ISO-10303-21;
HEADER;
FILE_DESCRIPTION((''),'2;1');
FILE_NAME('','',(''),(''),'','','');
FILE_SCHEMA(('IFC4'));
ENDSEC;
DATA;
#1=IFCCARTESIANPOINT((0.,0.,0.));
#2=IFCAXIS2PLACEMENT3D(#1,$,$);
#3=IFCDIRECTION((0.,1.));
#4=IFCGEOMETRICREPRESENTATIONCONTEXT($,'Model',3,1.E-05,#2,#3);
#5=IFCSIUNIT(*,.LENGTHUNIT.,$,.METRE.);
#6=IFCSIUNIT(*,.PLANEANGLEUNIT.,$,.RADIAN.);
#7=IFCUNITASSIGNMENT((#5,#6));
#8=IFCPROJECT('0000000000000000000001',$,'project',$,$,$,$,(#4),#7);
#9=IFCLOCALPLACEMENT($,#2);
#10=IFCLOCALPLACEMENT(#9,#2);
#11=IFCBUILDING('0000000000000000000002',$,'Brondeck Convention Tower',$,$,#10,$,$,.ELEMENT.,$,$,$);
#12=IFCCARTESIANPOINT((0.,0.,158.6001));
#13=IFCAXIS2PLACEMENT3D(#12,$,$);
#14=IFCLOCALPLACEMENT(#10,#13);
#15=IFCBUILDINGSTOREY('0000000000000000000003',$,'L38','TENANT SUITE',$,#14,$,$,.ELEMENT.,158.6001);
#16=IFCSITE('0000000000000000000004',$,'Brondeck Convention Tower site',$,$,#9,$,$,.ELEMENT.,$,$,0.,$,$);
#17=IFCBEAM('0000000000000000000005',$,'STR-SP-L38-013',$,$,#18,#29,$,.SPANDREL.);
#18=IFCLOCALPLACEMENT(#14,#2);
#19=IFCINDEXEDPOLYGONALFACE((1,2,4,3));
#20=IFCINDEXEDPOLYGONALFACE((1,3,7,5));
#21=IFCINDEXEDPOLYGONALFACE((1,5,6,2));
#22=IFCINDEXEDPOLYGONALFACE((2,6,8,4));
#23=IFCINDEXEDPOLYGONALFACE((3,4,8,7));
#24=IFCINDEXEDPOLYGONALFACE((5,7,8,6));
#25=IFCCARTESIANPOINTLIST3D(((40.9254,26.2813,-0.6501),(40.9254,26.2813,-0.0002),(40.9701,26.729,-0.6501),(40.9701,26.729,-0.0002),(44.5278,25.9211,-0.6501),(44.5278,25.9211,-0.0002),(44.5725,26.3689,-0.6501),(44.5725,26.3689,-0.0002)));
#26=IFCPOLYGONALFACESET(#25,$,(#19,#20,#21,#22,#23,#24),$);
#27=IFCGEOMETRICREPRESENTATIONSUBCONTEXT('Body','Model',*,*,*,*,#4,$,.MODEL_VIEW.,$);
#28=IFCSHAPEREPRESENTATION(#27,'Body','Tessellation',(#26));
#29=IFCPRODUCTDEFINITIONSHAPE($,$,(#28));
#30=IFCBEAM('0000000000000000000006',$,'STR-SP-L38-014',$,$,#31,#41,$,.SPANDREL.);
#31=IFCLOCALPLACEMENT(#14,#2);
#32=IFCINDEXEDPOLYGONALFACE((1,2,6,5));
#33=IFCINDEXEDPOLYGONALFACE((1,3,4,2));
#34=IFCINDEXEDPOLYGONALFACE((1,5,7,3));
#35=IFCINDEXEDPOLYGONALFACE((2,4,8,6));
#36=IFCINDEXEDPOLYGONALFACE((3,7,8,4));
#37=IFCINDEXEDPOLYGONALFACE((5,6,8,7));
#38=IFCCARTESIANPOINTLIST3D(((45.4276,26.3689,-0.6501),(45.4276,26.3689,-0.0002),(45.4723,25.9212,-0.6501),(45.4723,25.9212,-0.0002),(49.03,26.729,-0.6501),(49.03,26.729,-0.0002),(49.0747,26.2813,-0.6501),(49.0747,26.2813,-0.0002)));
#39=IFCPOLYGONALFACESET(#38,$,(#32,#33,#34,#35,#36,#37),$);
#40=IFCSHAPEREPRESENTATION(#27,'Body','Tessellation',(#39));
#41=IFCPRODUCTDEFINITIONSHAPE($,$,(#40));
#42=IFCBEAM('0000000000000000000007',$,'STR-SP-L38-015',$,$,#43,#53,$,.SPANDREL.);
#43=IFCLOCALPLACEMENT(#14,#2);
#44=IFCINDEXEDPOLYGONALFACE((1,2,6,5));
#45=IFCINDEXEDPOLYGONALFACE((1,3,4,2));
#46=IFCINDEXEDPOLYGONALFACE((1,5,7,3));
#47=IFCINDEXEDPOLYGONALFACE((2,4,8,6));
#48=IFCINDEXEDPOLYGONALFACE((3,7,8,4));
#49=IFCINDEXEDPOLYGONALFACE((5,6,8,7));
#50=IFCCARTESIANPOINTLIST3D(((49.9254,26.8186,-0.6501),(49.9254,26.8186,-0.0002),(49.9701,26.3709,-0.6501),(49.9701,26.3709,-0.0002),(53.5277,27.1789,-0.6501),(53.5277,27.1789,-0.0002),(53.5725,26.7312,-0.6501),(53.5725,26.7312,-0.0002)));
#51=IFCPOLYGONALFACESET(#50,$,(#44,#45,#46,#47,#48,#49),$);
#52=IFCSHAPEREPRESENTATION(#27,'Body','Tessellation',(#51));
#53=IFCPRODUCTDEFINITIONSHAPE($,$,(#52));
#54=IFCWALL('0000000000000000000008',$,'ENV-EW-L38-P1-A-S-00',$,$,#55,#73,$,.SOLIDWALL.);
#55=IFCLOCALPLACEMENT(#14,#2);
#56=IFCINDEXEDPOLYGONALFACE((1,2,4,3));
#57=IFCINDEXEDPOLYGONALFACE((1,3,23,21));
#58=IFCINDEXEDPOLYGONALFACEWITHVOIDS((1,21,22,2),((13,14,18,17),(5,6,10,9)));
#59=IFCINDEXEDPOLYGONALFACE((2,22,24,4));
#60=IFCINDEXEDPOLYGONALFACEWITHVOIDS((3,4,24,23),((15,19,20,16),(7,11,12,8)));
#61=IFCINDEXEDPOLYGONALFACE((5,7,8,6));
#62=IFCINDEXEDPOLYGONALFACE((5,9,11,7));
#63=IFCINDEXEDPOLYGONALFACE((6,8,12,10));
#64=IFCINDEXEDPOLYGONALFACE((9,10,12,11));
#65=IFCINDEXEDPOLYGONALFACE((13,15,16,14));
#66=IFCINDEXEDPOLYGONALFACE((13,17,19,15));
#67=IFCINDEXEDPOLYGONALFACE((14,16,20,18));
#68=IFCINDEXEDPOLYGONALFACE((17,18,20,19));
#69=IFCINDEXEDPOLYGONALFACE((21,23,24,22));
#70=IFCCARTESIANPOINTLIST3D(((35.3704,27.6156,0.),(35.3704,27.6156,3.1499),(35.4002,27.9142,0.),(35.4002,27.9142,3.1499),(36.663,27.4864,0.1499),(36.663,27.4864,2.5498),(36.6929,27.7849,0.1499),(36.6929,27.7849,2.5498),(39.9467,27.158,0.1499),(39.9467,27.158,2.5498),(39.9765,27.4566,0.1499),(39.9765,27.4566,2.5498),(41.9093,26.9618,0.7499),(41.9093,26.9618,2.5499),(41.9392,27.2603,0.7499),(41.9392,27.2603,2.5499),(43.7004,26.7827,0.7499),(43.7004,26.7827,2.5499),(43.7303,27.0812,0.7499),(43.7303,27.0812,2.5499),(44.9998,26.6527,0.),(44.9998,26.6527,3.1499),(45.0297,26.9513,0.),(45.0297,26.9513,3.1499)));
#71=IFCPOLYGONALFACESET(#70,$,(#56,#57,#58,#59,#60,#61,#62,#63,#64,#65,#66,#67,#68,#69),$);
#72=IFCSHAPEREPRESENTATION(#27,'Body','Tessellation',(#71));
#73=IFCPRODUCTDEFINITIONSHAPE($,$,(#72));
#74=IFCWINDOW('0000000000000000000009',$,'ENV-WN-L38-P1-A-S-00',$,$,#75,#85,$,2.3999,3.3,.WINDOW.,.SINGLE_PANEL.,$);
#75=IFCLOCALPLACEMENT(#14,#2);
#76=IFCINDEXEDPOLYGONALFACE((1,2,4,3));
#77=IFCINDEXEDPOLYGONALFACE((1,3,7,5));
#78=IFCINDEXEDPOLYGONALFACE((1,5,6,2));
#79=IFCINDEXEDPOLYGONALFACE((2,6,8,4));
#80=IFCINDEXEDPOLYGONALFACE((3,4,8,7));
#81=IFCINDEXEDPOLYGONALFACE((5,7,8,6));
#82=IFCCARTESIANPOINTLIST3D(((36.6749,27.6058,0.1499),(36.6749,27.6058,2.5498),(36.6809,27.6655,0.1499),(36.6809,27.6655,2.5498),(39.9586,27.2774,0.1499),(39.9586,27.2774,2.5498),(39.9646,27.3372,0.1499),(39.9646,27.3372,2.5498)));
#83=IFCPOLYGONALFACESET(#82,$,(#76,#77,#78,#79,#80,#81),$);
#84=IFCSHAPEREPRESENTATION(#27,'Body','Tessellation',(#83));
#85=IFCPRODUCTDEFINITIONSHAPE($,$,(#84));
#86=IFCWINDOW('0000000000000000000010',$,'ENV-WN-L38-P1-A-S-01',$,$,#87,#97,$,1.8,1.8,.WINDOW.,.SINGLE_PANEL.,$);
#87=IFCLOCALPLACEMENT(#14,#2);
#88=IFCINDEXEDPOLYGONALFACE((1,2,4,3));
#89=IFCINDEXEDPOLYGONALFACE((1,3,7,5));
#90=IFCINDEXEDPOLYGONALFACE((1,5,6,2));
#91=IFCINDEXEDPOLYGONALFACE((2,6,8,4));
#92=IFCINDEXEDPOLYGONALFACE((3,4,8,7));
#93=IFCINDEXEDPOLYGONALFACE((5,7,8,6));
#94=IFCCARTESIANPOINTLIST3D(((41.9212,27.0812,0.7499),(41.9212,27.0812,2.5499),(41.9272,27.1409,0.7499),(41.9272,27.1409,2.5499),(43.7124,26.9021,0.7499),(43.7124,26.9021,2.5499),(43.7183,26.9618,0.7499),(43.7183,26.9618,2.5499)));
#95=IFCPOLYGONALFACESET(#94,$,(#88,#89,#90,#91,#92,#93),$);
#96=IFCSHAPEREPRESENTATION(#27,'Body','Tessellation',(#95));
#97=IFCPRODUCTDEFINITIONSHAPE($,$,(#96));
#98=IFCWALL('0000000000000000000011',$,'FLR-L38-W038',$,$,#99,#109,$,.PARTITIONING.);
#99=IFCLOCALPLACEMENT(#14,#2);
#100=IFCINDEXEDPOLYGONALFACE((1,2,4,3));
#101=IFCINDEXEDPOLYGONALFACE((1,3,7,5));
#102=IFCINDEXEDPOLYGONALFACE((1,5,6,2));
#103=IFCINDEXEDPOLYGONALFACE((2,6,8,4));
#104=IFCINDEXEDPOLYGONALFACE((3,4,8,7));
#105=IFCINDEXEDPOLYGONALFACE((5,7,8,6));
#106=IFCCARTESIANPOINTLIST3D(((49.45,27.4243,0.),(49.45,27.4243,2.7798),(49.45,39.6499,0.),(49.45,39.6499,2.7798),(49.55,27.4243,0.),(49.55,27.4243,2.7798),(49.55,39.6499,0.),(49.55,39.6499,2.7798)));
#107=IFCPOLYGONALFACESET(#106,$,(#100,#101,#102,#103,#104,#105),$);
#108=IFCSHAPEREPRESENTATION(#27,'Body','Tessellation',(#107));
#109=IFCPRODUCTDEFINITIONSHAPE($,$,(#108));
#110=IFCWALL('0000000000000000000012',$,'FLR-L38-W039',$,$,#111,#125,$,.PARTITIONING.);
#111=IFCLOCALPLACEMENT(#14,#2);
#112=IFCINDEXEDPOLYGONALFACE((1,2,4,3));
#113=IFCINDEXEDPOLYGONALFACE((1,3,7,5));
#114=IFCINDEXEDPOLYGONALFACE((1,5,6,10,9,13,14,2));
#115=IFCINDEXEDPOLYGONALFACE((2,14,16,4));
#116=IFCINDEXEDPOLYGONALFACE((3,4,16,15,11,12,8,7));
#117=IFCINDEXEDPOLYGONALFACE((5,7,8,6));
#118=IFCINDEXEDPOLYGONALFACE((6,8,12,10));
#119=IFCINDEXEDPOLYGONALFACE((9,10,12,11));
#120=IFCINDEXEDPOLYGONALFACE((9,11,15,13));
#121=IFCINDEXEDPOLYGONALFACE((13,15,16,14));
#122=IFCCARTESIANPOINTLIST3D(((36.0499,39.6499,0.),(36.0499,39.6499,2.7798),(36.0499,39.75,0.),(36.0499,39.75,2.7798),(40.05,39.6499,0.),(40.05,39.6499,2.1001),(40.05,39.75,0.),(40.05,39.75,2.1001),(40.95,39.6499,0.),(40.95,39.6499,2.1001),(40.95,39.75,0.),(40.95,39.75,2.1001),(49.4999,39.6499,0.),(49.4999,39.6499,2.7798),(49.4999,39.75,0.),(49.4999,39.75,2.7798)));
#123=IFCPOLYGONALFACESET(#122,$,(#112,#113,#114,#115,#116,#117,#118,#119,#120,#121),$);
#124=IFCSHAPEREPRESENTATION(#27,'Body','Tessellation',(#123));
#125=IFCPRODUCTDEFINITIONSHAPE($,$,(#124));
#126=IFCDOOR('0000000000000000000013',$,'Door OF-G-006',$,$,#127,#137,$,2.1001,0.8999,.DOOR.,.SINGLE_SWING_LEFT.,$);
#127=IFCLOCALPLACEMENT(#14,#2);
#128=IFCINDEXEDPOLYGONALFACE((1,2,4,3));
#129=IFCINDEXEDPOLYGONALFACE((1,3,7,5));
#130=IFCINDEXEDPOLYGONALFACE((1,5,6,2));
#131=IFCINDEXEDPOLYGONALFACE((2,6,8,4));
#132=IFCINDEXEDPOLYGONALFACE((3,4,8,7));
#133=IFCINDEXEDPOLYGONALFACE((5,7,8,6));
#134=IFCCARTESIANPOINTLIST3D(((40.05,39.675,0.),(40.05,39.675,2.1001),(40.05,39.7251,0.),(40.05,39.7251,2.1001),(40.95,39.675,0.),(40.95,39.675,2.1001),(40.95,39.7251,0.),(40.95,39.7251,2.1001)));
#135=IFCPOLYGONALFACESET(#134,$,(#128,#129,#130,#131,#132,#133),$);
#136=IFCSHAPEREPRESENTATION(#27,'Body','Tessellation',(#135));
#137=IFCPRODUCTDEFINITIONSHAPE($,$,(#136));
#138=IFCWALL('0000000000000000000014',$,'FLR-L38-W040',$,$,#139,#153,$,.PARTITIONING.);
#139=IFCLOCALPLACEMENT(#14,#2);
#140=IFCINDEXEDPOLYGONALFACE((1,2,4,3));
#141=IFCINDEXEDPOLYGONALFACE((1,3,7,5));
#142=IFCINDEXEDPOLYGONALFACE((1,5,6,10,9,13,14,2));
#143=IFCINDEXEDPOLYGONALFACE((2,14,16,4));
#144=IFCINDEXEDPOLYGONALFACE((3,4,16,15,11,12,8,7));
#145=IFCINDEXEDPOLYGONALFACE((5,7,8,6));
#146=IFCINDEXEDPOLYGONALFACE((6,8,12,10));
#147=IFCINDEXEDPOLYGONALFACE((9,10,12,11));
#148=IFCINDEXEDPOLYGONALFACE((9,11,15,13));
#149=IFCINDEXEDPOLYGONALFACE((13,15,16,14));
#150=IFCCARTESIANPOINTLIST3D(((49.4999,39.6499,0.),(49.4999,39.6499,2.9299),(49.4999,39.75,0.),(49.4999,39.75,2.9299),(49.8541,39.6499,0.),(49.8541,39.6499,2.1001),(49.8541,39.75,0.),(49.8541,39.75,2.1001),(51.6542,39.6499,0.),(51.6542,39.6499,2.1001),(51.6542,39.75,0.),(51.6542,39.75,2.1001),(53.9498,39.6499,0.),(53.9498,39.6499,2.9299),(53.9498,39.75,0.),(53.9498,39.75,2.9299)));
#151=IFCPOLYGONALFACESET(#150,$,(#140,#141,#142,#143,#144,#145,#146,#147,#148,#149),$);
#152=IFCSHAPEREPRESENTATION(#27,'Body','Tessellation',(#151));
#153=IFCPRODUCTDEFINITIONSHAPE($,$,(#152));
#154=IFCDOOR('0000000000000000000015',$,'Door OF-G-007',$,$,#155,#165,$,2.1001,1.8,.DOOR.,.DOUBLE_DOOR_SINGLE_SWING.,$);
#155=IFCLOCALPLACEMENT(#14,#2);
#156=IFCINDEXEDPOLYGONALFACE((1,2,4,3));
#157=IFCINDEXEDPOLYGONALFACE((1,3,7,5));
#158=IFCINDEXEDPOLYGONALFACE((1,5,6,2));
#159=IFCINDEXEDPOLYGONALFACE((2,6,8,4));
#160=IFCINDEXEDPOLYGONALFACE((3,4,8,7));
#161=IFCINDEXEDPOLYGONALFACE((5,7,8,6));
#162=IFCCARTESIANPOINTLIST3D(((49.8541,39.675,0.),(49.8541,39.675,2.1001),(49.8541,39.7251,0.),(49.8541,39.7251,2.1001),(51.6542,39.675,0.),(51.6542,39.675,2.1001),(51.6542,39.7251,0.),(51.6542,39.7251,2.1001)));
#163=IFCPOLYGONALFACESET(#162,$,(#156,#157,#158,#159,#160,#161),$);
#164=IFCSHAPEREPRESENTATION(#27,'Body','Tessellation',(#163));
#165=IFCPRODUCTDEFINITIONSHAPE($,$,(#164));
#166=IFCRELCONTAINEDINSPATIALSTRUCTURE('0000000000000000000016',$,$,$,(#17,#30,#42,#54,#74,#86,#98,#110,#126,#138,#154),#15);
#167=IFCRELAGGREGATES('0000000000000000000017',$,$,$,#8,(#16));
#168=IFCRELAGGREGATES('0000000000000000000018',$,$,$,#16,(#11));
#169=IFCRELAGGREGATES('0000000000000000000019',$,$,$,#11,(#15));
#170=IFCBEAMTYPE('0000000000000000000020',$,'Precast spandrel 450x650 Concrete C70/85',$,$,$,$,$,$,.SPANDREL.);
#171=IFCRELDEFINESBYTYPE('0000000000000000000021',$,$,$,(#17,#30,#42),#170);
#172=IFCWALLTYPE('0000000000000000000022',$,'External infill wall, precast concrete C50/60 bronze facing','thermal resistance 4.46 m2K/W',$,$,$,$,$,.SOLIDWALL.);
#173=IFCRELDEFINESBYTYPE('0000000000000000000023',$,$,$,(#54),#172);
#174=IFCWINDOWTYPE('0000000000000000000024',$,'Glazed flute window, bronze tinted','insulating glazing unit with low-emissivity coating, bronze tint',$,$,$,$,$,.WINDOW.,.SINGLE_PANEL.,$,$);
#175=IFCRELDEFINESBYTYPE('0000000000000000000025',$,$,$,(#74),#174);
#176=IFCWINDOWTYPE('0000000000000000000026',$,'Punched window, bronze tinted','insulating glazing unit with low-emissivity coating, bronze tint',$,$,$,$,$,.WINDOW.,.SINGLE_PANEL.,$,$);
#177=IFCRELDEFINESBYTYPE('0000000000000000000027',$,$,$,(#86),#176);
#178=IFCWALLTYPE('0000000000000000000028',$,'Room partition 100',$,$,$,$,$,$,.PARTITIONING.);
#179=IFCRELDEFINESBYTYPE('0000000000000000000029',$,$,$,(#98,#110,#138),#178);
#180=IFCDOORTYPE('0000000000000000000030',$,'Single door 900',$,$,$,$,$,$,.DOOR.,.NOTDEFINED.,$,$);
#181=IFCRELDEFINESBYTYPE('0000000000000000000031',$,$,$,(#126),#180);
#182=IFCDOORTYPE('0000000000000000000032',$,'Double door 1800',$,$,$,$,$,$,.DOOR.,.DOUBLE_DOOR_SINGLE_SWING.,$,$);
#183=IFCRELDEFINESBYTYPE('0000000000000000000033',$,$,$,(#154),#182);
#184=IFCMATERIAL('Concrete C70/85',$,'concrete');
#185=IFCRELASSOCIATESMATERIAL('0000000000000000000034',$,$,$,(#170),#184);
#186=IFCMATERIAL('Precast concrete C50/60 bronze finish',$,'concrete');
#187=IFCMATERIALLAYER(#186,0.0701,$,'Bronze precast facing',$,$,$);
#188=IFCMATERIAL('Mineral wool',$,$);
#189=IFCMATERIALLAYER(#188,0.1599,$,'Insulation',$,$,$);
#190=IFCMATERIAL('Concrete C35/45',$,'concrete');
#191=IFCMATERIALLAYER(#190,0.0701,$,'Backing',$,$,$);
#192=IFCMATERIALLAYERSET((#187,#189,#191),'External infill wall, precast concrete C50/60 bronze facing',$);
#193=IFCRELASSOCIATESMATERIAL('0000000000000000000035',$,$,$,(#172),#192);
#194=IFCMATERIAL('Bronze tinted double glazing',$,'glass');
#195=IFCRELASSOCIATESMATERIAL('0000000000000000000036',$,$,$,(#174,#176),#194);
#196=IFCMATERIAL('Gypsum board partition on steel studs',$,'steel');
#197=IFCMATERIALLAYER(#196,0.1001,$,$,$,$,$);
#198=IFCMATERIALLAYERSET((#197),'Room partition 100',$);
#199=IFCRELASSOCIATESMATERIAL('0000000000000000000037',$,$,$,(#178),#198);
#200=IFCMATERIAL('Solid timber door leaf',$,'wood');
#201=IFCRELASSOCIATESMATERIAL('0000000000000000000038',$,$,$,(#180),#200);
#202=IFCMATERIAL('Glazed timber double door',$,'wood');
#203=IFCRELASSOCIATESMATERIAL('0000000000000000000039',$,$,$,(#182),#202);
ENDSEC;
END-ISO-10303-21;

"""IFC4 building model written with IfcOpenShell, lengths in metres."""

from ifc_helpers import new_model, si_unit, direction, frame, frame_2d, origin, origin_2d, place, context, subcontext, project, spatial, rectangle, extrude, material, layer, layer_set, material_profile, profile_set, type_object, element, fill, save


model = new_model("IFC4")

# Units and contexts
model_context = context("Model", 3, precision=1e-05, world=origin(), true_north=direction((0.0, 1.0)))
body_context = subcontext(model_context, "Body", "Model", "MODEL_VIEW")
ifc_project = project(units=[si_unit("LENGTHUNIT", "METRE"), si_unit("PLANEANGLEUNIT", "RADIAN")], contexts=[model_context])

# Site, building, storey
site_placement = place(None, origin())
site = spatial("IfcSite", under=ifc_project, at=site_placement, Name="Brondeck Convention Tower site", CompositionType="ELEMENT", RefElevation=0.0)
building_placement = place(site_placement, origin())
building = spatial("IfcBuilding", under=site, at=building_placement, Name="Brondeck Convention Tower", CompositionType="ELEMENT")
storey_placement = place(building_placement, frame((0.0, 0.0, 158.6001)))
storey = spatial("IfcBuildingStorey", under=building, at=storey_placement, Name="L38", Description="TENANT SUITE", CompositionType="ELEMENT", Elevation=158.6001)

# Shared definitions
ifc_material_1 = material(Name="Concrete C70/85", Category="concrete")

# Beams
ifc_material_profile_1 = material_profile(ifc_material_1, rectangle(XDim=0.45, YDim=0.6499, at=origin_2d()), Name="Precast spandrel 450x650 Concrete C70/85")
ifc_profile_set_1 = profile_set([ifc_material_profile_1], Name="Concrete C70/85")
beam_type_1 = type_object("IfcBeamType", Name="Precast spandrel 450x650 Concrete C70/85", PredefinedType="SPANDREL", material=ifc_profile_set_1)
for number, where, z_axis, x_axis, name in (
    (1, (40.9478, 26.5051, -0.3252), (0.995041, -0.09947, 0.0), (0.09947, 0.995041, 0.0), "STR-SP-L38-013"),
    (2, (45.45, 26.145, -0.3252), (0.995041, 0.09947, 0.0), (-0.09947, 0.995041, 0.0), "STR-SP-L38-014"),
    (3, (49.9478, 26.5947, -0.3252), (0.995034, 0.099537, 0.0), (-0.099537, 0.995034, 0.0), "STR-SP-L38-015"),
):
    element("IfcBeam", number, at=place(storey_placement, frame(where, z_axis=z_axis, x_axis=x_axis)), inside=storey, type_object=beam_type_1, Name=name, PredefinedType="SPANDREL", context=body_context, shape_type="SweptSolid", body=[
        extrude(rectangle(XDim=0.45, YDim=0.6499, at=origin_2d()), origin(), (0.0, 0.0, 1.0), 3.6204),
    ])

# Wall, openings, windows
ifc_material_2 = material(Name="Precast concrete C50/60 bronze finish", Category="concrete")
ifc_layer_1 = layer(ifc_material_2, 0.0701, Name="Bronze precast facing")
ifc_material_3 = material(Name="Mineral wool")
ifc_layer_2 = layer(ifc_material_3, 0.1599, Name="Insulation")
ifc_material_4 = material(Name="Concrete C35/45", Category="concrete")
ifc_layer_3 = layer(ifc_material_4, 0.0701, Name="Backing")
ifc_layer_set_1 = layer_set([ifc_layer_1, ifc_layer_2, ifc_layer_3], Name="External infill wall, precast concrete C50/60 bronze facing")
wall_type_1 = type_object("IfcWallType", Name="External infill wall, precast concrete C50/60 bronze facing", Description="thermal resistance 4.46 m2K/W", PredefinedType="SOLIDWALL", material=ifc_layer_set_1)
wall_1_placement = place(storey_placement, frame((45.0149, 26.802, 0.0), z_axis=(0.0, 0.0, 1.0), x_axis=(-0.995038, 0.099499, 0.0)))
wall_1 = element("IfcWall", 4, at=wall_1_placement, inside=storey, type_object=wall_type_1, Name="ENV-EW-L38-P1-A-S-00", PredefinedType="SOLIDWALL", context=body_context, shape_type="SweptSolid", body=[
    extrude(rectangle(XDim=9.6775, YDim=0.3, at=frame_2d((4.8389, 0.0))), origin(), (0.0, 0.0, 1.0), 3.1499),
])
opening_1_placement = place(wall_1_placement, frame((1.3062, 0.0, 0.75)))
opening_1 = element("IfcOpeningElement", 5, at=opening_1_placement, cuts=wall_1, PredefinedType="OPENING", context=body_context, shape_type="SweptSolid", body=[
    extrude(rectangle(XDim=1.8, YDim=1.8, at=frame_2d((0.8999, 0.8999))), frame((0.0, 0.1599, 0.0), z_axis=(0.0, -1.0, 0.0), x_axis=(1.0, 0.0, 0.0)), (0.0, 0.0, 1.0), 0.3201),
])
opening_2_placement = place(wall_1_placement, frame((5.0786, 0.0, 0.1499)))
opening_2 = element("IfcOpeningElement", 6, at=opening_2_placement, cuts=wall_1, PredefinedType="OPENING", context=body_context, shape_type="SweptSolid", body=[
    extrude(rectangle(XDim=3.3, YDim=2.3999, at=frame_2d((1.6499, 1.2))), frame((0.0, 0.1599, 0.0), z_axis=(0.0, -1.0, 0.0), x_axis=(1.0, 0.0, 0.0)), (0.0, 0.0, 1.0), 0.3201),
])
ifc_material_5 = material(Name="Bronze tinted double glazing", Category="glass")
window_type_1 = type_object("IfcWindowType", Name="Glazed flute window, bronze tinted", Description="insulating glazing unit with low-emissivity coating, bronze tint", PartitioningType="SINGLE_PANEL", PredefinedType="WINDOW", material=ifc_material_5)
window_1_placement = place(opening_2_placement, origin())
window_1 = element("IfcWindow", 7, at=window_1_placement, inside=storey, type_object=window_type_1, Name="ENV-WN-L38-P1-A-S-00", OverallHeight=2.3999, OverallWidth=3.3, PartitioningType="SINGLE_PANEL", PredefinedType="WINDOW", context=body_context, shape_type="SweptSolid", body=[
    extrude(rectangle(XDim=3.3, YDim=2.3999, at=frame_2d((1.6499, 1.2))), frame((0.0, 0.03, 0.0), z_axis=(0.0, -1.0, 0.0), x_axis=(1.0, 0.0, 0.0)), (0.0, 0.0, 1.0), 0.0601),
])
fill(opening_2, window_1)
window_type_2 = type_object("IfcWindowType", Name="Punched window, bronze tinted", Description="insulating glazing unit with low-emissivity coating, bronze tint", PartitioningType="SINGLE_PANEL", PredefinedType="WINDOW", material=ifc_material_5)
window_2_placement = place(opening_1_placement, origin())
window_2 = element("IfcWindow", 8, at=window_2_placement, inside=storey, type_object=window_type_2, Name="ENV-WN-L38-P1-A-S-01", OverallHeight=1.8, OverallWidth=1.8, PartitioningType="SINGLE_PANEL", PredefinedType="WINDOW", context=body_context, shape_type="SweptSolid", body=[
    extrude(rectangle(XDim=1.8, YDim=1.8, at=frame_2d((0.8999, 0.8999))), frame((0.0, 0.03, 0.0), z_axis=(0.0, -1.0, 0.0), x_axis=(1.0, 0.0, 0.0)), (0.0, 0.0, 1.0), 0.0601),
])
fill(opening_1, window_2)

# Wall
ifc_material_6 = material(Name="Gypsum board partition on steel studs", Category="steel")
ifc_layer_4 = layer(ifc_material_6, 0.1001)
ifc_layer_set_2 = layer_set([ifc_layer_4], Name="Room partition 100")
wall_type_2 = type_object("IfcWallType", Name="Room partition 100", PredefinedType="PARTITIONING", material=ifc_layer_set_2)
wall_2_placement = place(storey_placement, frame((49.5, 39.6499, 0.0), z_axis=(0.0, 0.0, 1.0), x_axis=(0.0, -1.0, 0.0)))
element("IfcWall", 9, at=wall_2_placement, inside=storey, type_object=wall_type_2, Name="FLR-L38-W038", PredefinedType="PARTITIONING", context=body_context, shape_type="SweptSolid", body=[
    extrude(rectangle(XDim=12.2256, YDim=0.1001, at=frame_2d((6.1128, 0.0))), origin(), (0.0, 0.0, 1.0), 2.7798),
])

# Walls, openings, doors
wall_3_placement = place(storey_placement, frame((49.5, 39.7, 0.0), z_axis=(0.0, 0.0, 1.0), x_axis=(-1.0, 0.0, 0.0)))
wall_3 = element("IfcWall", 10, at=wall_3_placement, inside=storey, type_object=wall_type_2, Name="FLR-L38-W039", PredefinedType="PARTITIONING", context=body_context, shape_type="SweptSolid", body=[
    extrude(rectangle(XDim=13.45, YDim=0.1001, at=frame_2d((6.7251, 0.0))), origin(), (0.0, 0.0, 1.0), 2.7798),
])
opening_3_placement = place(wall_3_placement, frame((8.55, 0.0, 0.0)))
opening_3 = element("IfcOpeningElement", 11, at=opening_3_placement, cuts=wall_3, PredefinedType="OPENING", context=body_context, shape_type="SweptSolid", body=[
    extrude(rectangle(XDim=0.8999, YDim=2.1001, at=frame_2d((0.45, 1.05))), frame((0.0, 0.0601, 0.0), z_axis=(0.0, -1.0, 0.0), x_axis=(1.0, 0.0, 0.0)), (0.0, 0.0, 1.0), 0.1201),
])
ifc_material_7 = material(Name="Solid timber door leaf", Category="wood")
door_type_1 = type_object("IfcDoorType", Name="Single door 900", OperationType="NOTDEFINED", PredefinedType="DOOR", material=ifc_material_7)
door_1_placement = place(opening_3_placement, origin())
door_1 = element("IfcDoor", 12, at=door_1_placement, inside=storey, type_object=door_type_1, Name="Door OF-G-006", OperationType="SINGLE_SWING_LEFT", OverallHeight=2.1001, OverallWidth=0.8999, PredefinedType="DOOR", context=body_context, shape_type="SweptSolid", body=[
    extrude(rectangle(XDim=0.8999, YDim=2.1001, at=frame_2d((0.45, 1.05))), frame((0.0, 0.0249, 0.0), z_axis=(0.0, -1.0, 0.0), x_axis=(1.0, 0.0, 0.0)), (0.0, 0.0, 1.0), 0.05),
])
fill(opening_3, door_1)
wall_4_placement = place(storey_placement, frame((53.95, 39.7, 0.0), z_axis=(0.0, 0.0, 1.0), x_axis=(-1.0, 0.0, 0.0)))
wall_4 = element("IfcWall", 13, at=wall_4_placement, inside=storey, type_object=wall_type_2, Name="FLR-L38-W040", PredefinedType="PARTITIONING", context=body_context, shape_type="SweptSolid", body=[
    extrude(rectangle(XDim=4.45, YDim=0.1001, at=frame_2d((2.2251, 0.0))), origin(), (0.0, 0.0, 1.0), 2.9299),
])
opening_4_placement = place(wall_4_placement, frame((2.2959, 0.0, 0.0)))
opening_4 = element("IfcOpeningElement", 14, at=opening_4_placement, cuts=wall_4, PredefinedType="OPENING", context=body_context, shape_type="SweptSolid", body=[
    extrude(rectangle(XDim=1.8, YDim=2.1001, at=frame_2d((0.8999, 1.05))), frame((0.0, 0.0601, 0.0), z_axis=(0.0, -1.0, 0.0), x_axis=(1.0, 0.0, 0.0)), (0.0, 0.0, 1.0), 0.1201),
])
ifc_material_8 = material(Name="Glazed timber double door", Category="wood")
door_type_2 = type_object("IfcDoorType", Name="Double door 1800", OperationType="DOUBLE_DOOR_SINGLE_SWING", PredefinedType="DOOR", material=ifc_material_8)
door_2_placement = place(opening_4_placement, origin())
door_2 = element("IfcDoor", 15, at=door_2_placement, inside=storey, type_object=door_type_2, Name="Door OF-G-007", OperationType="DOUBLE_DOOR_SINGLE_SWING", OverallHeight=2.1001, OverallWidth=1.8, PredefinedType="DOOR", context=body_context, shape_type="SweptSolid", body=[
    extrude(rectangle(XDim=1.8, YDim=2.1001, at=frame_2d((0.8999, 1.05))), frame((0.0, 0.0249, 0.0), z_axis=(0.0, -1.0, 0.0), x_axis=(1.0, 0.0, 0.0)), (0.0, 0.0, 1.0), 0.05),
])
fill(opening_4, door_2)

save(model, "model.ifc")
